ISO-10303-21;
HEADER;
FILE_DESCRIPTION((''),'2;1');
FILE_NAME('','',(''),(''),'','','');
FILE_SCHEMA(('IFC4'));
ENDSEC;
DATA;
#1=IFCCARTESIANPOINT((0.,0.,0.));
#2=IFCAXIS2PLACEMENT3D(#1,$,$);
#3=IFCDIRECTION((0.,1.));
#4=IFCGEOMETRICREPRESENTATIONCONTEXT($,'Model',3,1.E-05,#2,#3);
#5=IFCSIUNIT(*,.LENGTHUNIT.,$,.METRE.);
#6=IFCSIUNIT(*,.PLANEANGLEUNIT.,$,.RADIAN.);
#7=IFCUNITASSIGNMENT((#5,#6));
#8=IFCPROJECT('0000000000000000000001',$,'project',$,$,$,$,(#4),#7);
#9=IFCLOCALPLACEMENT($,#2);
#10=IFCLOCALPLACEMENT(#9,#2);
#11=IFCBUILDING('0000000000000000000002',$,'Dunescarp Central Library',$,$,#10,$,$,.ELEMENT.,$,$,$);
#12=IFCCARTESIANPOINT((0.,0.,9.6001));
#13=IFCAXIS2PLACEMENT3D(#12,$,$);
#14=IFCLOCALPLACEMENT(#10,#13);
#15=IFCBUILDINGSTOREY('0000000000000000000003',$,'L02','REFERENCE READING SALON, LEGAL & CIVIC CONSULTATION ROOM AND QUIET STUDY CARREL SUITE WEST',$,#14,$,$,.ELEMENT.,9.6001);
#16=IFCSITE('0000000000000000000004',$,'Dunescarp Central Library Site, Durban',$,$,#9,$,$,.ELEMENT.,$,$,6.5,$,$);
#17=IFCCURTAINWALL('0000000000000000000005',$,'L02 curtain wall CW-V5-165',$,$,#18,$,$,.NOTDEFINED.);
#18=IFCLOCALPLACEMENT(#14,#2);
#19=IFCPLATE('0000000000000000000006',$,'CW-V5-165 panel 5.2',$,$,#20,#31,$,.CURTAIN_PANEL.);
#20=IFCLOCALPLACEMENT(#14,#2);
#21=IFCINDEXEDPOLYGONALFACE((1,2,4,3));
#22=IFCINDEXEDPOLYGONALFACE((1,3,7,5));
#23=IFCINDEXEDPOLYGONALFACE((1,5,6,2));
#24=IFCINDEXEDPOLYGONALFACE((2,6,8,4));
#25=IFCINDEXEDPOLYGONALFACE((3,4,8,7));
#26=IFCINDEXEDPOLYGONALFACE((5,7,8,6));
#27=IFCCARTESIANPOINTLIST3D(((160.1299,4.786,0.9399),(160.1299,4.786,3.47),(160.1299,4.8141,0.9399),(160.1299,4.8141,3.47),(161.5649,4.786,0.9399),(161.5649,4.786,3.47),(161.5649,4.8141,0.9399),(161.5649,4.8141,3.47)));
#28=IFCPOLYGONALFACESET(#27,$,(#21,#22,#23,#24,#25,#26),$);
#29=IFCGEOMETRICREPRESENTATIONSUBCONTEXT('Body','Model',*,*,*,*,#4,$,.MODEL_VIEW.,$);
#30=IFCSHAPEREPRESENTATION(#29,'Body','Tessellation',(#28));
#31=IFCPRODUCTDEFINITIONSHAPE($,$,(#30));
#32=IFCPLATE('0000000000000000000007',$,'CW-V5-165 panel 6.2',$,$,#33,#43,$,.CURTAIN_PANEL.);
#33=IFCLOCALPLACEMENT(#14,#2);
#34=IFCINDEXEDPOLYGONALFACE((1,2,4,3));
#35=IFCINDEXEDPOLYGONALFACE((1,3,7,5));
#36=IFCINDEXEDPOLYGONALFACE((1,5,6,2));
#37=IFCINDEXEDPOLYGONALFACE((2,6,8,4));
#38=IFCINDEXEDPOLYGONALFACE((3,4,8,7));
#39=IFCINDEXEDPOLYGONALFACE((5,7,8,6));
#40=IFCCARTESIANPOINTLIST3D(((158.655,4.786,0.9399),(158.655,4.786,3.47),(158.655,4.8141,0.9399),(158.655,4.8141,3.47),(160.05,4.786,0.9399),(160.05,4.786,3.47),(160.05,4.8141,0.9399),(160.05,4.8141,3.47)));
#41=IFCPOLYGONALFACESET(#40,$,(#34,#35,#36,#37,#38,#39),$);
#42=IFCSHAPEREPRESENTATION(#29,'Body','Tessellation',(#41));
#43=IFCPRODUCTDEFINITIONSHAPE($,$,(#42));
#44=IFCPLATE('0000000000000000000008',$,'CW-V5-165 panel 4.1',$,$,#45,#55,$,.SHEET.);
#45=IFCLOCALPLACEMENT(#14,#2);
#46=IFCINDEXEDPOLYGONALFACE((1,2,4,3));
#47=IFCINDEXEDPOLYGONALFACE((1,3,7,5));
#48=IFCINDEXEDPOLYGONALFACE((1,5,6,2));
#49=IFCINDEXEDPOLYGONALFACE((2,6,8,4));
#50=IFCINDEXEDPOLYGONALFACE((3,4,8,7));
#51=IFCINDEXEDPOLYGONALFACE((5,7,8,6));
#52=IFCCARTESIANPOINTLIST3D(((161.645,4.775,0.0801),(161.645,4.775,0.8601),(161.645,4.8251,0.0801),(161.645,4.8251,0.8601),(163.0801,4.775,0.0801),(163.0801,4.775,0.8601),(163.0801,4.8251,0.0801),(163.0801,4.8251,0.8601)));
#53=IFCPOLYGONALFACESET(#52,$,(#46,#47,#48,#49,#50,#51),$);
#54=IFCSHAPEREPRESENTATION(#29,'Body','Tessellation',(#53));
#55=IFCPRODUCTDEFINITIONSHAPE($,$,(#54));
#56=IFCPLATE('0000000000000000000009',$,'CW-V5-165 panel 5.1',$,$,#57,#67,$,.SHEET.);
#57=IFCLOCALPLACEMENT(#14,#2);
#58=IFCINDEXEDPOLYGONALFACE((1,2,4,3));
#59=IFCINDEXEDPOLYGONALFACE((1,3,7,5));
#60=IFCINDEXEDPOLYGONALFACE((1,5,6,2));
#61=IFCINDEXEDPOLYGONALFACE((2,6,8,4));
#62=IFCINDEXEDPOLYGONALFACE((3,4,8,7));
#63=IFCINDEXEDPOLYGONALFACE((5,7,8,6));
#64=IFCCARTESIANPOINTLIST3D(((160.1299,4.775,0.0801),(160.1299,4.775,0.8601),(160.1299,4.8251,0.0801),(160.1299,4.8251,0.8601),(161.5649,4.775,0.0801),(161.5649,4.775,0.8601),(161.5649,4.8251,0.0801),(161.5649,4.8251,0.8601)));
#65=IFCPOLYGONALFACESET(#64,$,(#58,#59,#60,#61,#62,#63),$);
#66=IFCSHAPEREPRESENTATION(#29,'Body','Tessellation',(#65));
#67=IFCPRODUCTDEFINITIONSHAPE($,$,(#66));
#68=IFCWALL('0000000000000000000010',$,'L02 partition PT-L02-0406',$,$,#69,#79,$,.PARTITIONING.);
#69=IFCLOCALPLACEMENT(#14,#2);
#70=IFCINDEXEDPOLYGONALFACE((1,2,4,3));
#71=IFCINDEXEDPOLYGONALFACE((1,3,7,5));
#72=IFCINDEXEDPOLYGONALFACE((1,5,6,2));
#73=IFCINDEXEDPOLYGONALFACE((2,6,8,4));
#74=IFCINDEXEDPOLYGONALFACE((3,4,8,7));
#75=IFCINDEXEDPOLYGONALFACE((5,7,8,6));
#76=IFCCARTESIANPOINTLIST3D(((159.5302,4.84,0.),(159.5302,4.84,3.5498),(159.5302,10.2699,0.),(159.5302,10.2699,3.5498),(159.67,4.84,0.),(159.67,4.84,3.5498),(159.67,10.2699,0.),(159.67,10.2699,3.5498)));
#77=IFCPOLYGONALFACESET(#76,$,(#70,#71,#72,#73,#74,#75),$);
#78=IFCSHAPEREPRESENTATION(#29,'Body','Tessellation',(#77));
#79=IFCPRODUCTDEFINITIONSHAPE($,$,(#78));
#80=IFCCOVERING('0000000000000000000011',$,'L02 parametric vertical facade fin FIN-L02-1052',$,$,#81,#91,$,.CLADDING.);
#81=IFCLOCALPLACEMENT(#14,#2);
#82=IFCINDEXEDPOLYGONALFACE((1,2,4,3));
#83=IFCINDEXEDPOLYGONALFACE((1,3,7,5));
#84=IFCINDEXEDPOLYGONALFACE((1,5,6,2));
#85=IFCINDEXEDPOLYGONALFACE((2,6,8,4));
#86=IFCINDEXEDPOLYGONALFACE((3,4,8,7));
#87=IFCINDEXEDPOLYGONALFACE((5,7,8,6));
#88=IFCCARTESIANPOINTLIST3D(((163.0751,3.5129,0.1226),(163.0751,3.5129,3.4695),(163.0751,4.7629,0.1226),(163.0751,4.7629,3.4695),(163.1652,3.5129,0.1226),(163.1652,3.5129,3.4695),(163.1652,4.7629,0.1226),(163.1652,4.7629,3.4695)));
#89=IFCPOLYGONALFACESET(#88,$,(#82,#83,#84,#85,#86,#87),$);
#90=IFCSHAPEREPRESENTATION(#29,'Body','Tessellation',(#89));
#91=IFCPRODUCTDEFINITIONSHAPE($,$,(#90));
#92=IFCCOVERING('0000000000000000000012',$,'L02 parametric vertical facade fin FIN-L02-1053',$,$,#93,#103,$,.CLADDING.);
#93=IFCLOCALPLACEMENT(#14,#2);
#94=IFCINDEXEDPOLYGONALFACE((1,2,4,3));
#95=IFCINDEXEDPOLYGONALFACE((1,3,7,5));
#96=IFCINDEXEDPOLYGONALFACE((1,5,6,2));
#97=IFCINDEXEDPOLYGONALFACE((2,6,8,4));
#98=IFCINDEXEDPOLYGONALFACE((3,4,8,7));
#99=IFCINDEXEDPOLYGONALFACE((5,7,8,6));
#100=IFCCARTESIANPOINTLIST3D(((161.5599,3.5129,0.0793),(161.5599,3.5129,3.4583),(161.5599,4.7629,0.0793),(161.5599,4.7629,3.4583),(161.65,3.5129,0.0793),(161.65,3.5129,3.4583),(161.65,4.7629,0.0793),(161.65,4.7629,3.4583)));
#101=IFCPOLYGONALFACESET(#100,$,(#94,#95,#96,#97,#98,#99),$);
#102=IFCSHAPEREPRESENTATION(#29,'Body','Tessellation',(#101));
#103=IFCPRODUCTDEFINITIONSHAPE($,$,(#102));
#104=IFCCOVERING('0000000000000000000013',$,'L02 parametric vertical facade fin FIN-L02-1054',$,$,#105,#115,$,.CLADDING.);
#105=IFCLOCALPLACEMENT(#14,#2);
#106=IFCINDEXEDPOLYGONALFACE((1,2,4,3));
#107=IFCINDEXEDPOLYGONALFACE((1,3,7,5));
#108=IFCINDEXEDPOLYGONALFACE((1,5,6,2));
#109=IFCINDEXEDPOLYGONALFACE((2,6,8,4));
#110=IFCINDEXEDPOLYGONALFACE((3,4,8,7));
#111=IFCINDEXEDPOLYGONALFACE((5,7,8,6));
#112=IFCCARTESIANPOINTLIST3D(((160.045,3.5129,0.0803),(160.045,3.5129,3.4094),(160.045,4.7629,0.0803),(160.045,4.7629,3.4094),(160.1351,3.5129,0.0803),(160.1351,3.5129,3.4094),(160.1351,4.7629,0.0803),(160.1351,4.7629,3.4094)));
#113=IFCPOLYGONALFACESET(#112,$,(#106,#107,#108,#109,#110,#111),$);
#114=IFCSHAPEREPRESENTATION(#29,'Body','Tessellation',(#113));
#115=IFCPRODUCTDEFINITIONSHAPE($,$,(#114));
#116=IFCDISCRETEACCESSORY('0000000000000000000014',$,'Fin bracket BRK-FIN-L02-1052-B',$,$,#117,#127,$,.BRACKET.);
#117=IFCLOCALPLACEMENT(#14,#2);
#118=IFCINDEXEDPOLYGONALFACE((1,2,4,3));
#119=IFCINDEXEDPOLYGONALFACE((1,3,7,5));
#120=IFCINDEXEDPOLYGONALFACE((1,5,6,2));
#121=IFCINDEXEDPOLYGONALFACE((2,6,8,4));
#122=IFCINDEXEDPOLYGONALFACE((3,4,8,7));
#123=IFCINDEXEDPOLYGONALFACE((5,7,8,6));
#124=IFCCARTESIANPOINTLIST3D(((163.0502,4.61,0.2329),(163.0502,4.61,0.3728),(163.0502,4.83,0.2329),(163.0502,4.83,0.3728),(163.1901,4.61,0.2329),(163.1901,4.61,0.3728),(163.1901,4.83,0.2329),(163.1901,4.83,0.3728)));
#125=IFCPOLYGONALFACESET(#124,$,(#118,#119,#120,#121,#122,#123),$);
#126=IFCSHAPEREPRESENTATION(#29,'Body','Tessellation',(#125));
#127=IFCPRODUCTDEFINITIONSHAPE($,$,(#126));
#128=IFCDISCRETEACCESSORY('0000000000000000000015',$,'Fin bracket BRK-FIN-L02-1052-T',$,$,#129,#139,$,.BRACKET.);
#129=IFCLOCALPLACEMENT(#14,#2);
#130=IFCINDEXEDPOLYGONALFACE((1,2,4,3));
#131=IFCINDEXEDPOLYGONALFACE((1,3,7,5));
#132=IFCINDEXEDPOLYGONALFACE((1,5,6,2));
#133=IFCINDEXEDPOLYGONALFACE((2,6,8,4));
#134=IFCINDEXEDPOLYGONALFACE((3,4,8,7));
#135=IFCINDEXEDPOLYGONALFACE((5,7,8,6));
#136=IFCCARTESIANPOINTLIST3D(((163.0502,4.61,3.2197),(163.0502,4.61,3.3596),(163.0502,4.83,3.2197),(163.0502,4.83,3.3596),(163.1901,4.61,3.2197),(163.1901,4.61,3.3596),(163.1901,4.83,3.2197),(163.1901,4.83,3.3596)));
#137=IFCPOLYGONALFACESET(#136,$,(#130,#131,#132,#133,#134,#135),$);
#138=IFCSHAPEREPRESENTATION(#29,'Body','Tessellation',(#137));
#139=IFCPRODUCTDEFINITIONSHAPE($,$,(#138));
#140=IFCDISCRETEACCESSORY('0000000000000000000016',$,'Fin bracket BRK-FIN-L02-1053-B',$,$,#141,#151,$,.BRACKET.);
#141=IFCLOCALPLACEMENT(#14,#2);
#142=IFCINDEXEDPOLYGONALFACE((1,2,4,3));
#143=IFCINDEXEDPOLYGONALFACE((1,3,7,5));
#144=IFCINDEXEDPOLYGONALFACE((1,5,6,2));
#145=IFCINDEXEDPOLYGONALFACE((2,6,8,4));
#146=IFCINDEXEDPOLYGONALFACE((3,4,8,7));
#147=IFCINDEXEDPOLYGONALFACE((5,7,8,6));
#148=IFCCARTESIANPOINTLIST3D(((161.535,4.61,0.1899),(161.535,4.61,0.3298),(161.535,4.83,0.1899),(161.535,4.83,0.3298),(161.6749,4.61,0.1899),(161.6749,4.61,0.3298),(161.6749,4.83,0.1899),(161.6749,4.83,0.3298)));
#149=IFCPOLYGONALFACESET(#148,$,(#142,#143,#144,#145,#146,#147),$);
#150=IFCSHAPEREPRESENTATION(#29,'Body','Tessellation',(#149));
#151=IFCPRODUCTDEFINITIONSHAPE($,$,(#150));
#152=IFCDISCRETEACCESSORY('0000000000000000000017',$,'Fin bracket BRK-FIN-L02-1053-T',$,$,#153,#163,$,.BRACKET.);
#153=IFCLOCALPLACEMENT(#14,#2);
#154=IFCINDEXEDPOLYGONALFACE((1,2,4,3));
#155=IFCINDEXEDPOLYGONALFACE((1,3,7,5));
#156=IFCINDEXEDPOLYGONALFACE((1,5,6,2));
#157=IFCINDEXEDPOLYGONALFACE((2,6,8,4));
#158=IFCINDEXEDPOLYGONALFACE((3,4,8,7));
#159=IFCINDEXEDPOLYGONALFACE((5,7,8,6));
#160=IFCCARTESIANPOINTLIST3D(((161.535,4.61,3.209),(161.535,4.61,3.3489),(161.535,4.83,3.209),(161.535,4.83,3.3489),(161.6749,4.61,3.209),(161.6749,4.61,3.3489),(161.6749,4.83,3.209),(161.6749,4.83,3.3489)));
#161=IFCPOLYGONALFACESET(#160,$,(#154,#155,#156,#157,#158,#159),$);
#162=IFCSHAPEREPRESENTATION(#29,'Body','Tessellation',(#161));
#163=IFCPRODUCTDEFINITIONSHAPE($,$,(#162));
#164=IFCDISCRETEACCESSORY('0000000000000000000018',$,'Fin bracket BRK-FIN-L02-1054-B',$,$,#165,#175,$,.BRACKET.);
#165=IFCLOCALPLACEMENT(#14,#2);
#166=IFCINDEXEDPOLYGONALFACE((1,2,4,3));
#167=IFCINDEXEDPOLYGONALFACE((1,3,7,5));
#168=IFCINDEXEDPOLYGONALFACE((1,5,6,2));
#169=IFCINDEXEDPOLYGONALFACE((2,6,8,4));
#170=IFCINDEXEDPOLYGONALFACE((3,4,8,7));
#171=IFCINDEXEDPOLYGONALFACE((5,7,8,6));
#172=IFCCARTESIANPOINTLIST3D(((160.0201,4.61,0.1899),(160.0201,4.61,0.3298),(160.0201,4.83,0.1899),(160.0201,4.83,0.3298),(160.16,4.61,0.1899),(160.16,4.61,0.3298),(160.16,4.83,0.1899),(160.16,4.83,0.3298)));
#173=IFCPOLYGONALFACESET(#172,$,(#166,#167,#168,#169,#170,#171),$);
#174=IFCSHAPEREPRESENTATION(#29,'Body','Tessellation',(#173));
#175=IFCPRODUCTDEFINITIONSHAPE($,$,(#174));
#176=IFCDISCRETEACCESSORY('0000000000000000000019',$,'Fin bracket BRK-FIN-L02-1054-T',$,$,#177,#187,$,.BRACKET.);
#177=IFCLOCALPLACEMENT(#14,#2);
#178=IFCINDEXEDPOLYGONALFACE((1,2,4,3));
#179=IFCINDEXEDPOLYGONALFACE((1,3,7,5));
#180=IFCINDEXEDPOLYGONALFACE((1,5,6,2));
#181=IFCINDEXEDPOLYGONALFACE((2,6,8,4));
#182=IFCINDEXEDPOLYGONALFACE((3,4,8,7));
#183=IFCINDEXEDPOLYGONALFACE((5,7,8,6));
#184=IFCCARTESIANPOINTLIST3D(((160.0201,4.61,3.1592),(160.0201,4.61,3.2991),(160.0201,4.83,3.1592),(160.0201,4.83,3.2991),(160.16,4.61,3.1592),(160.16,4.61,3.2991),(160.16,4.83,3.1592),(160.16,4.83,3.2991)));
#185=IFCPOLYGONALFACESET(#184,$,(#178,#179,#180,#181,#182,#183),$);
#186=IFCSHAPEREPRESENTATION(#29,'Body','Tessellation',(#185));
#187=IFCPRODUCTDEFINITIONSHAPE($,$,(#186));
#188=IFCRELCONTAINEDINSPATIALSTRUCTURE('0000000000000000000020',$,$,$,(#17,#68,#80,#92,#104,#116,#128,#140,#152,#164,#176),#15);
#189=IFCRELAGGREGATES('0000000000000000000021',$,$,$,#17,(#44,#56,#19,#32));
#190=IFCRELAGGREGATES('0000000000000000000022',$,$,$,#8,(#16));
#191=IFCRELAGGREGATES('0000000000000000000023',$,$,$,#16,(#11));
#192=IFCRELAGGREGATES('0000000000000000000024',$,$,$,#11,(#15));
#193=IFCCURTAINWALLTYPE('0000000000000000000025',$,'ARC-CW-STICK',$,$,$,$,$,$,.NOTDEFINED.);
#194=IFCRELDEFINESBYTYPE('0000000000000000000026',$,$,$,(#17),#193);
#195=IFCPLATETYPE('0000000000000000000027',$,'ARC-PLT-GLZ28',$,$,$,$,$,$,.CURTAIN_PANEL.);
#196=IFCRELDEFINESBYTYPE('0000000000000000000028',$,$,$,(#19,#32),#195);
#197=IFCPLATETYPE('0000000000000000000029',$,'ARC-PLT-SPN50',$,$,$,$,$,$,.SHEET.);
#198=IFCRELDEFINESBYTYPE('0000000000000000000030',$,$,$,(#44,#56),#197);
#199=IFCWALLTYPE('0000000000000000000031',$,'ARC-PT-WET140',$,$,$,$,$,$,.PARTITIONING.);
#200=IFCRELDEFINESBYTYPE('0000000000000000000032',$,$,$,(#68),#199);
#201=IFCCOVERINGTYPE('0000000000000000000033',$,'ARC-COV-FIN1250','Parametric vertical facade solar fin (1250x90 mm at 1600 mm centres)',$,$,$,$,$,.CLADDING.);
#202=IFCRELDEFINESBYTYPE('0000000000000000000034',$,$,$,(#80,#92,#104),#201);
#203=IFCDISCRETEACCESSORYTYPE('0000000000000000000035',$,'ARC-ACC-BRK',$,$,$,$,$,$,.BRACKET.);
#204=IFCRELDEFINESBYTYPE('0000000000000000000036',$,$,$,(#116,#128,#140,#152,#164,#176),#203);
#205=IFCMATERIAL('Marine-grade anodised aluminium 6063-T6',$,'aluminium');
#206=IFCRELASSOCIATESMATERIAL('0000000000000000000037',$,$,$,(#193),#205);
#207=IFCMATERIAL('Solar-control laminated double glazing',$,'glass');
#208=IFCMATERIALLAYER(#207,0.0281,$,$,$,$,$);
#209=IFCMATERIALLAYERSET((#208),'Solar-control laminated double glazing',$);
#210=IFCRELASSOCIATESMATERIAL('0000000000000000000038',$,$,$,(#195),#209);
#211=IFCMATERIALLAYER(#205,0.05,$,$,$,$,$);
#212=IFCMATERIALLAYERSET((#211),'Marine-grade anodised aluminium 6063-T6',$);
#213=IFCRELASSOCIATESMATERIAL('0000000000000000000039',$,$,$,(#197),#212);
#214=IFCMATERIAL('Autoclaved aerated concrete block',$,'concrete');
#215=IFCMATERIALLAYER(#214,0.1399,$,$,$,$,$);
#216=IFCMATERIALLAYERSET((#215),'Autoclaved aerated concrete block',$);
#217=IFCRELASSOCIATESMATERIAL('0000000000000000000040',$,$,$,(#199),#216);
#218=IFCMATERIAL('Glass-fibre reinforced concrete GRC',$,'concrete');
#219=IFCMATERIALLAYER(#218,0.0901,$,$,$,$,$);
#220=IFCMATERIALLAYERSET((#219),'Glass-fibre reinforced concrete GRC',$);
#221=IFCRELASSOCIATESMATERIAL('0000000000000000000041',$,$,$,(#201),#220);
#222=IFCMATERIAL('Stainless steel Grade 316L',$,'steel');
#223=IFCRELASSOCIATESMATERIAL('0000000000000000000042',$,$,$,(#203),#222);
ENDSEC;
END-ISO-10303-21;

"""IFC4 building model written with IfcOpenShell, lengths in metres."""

from ifc_helpers import new_model, si_unit, direction, frame, frame_2d, origin, origin_2d, place, context, subcontext, project, spatial, rectangle, extrude, material, layer, layer_set, type_object, element, aggregate, save


model = new_model("IFC4")

# Units and contexts
model_context = context("Model", 3, precision=1e-05, world=origin(), true_north=direction((0.0, 1.0)))
body_context = subcontext(model_context, "Body", "Model", "MODEL_VIEW")
ifc_project = project(units=[si_unit("LENGTHUNIT", "METRE"), si_unit("PLANEANGLEUNIT", "RADIAN")], contexts=[model_context])

# Site, building, storey
site_placement = place(None, origin())
site = spatial("IfcSite", under=ifc_project, at=site_placement, Name="Dunescarp Central Library Site, Durban", CompositionType="ELEMENT", RefElevation=6.5)
building_placement = place(site_placement, origin())
building = spatial("IfcBuilding", under=site, at=building_placement, Name="Dunescarp Central Library", CompositionType="ELEMENT")
storey_placement = place(building_placement, frame((0.0, 0.0, 9.6001)))
storey = spatial("IfcBuildingStorey", under=building, at=storey_placement, Name="L02", Description="REFERENCE READING SALON, LEGAL & CIVIC CONSULTATION ROOM AND QUIET STUDY CARREL SUITE WEST", CompositionType="ELEMENT", Elevation=9.6001)

# Curtain wall
ifc_material_1 = material(Name="Marine-grade anodised aluminium 6063-T6", Category="aluminium")
curtain_wall_type = type_object("IfcCurtainWallType", Name="ARC-CW-STICK", PredefinedType="NOTDEFINED", material=ifc_material_1)
curtain_wall_placement = place(storey_placement, origin())
curtain_wall = element("IfcCurtainWall", 1, at=curtain_wall_placement, inside=storey, type_object=curtain_wall_type, Name="L02 curtain wall CW-V5-165", PredefinedType="NOTDEFINED")

# Plates
ifc_material_2 = material(Name="Solar-control laminated double glazing", Category="glass")
ifc_layer_1 = layer(ifc_material_2, 0.0281)
ifc_layer_set_1 = layer_set([ifc_layer_1], Name="Solar-control laminated double glazing")
plate_type_1 = type_object("IfcPlateType", Name="ARC-PLT-GLZ28", PredefinedType="CURTAIN_PANEL", material=ifc_layer_set_1)
plate_1_placement = place(storey_placement, frame((160.8474, 4.8, 0.9399), z_axis=(0.0, 0.0, 1.0), x_axis=(-1.0, 0.0, 0.0)))
plate_1 = element("IfcPlate", 2, at=plate_1_placement, type_object=plate_type_1, Name="CW-V5-165 panel 5.2", PredefinedType="CURTAIN_PANEL", context=body_context, shape_type="SweptSolid", body=[
    extrude(rectangle(XDim=1.4351, YDim=0.0281, at=origin_2d()), origin(), (0.0, 0.0, 1.0), 2.53),
])
plate_2_placement = place(storey_placement, frame((159.3525, 4.8, 0.9399), z_axis=(0.0, 0.0, 1.0), x_axis=(-1.0, 0.0, 0.0)))
plate_2 = element("IfcPlate", 3, at=plate_2_placement, type_object=plate_type_1, Name="CW-V5-165 panel 6.2", PredefinedType="CURTAIN_PANEL", context=body_context, shape_type="SweptSolid", body=[
    extrude(rectangle(XDim=1.395, YDim=0.0281, at=origin_2d()), origin(), (0.0, 0.0, 1.0), 2.53),
])
ifc_layer_2 = layer(ifc_material_1, 0.05)
ifc_layer_set_2 = layer_set([ifc_layer_2], Name="Marine-grade anodised aluminium 6063-T6")
plate_type_2 = type_object("IfcPlateType", Name="ARC-PLT-SPN50", PredefinedType="SHEET", material=ifc_layer_set_2)
plate_3_placement = place(storey_placement, frame((162.3625, 4.8, 0.0801), z_axis=(0.0, 0.0, 1.0), x_axis=(-1.0, 0.0, 0.0)))
plate_3 = element("IfcPlate", 4, at=plate_3_placement, type_object=plate_type_2, Name="CW-V5-165 panel 4.1", PredefinedType="SHEET", context=body_context, shape_type="SweptSolid", body=[
    extrude(rectangle(XDim=1.4351, YDim=0.05, at=origin_2d()), origin(), (0.0, 0.0, 1.0), 0.78),
])
plate_4_placement = place(storey_placement, frame((160.8474, 4.8, 0.0801), z_axis=(0.0, 0.0, 1.0), x_axis=(-1.0, 0.0, 0.0)))
plate_4 = element("IfcPlate", 5, at=plate_4_placement, type_object=plate_type_2, Name="CW-V5-165 panel 5.1", PredefinedType="SHEET", context=body_context, shape_type="SweptSolid", body=[
    extrude(rectangle(XDim=1.4351, YDim=0.05, at=origin_2d()), origin(), (0.0, 0.0, 1.0), 0.78),
])
aggregate(curtain_wall, [plate_3, plate_4, plate_1, plate_2])

# Wall
ifc_material_3 = material(Name="Autoclaved aerated concrete block", Category="concrete")
ifc_layer_3 = layer(ifc_material_3, 0.1399)
ifc_layer_set_3 = layer_set([ifc_layer_3], Name="Autoclaved aerated concrete block")
wall_type = type_object("IfcWallType", Name="ARC-PT-WET140", PredefinedType="PARTITIONING", material=ifc_layer_set_3)
wall_placement = place(storey_placement, frame((159.6001, 4.8401, 0.0), z_axis=(0.0, 0.0, 1.0), x_axis=(0.0, 1.0, 0.0)))
element("IfcWall", 6, at=wall_placement, inside=storey, type_object=wall_type, Name="L02 partition PT-L02-0406", PredefinedType="PARTITIONING", context=body_context, shape_type="SweptSolid", body=[
    extrude(rectangle(XDim=5.4299, YDim=0.1399, at=frame_2d((2.7148, 0.0))), origin(), (0.0, 0.0, 1.0), 3.5498),
])

# Coverings
ifc_material_4 = material(Name="Glass-fibre reinforced concrete GRC", Category="concrete")
ifc_layer_4 = layer(ifc_material_4, 0.0901)
ifc_layer_set_4 = layer_set([ifc_layer_4], Name="Glass-fibre reinforced concrete GRC")
covering_type = type_object("IfcCoveringType", Name="ARC-COV-FIN1250", Description="Parametric vertical facade solar fin (1250x90 mm at 1600 mm centres)", PredefinedType="CLADDING", material=ifc_layer_set_4)
covering_1_placement = place(storey_placement, frame((163.1201, 4.1379, 0.1226), z_axis=(0.0, 0.0, 1.0), x_axis=(0.0, -1.0, 0.0)))
element("IfcCovering", 7, at=covering_1_placement, inside=storey, type_object=covering_type, Name="L02 parametric vertical facade fin FIN-L02-1052", PredefinedType="CLADDING", context=body_context, shape_type="SweptSolid", body=[
    extrude(rectangle(XDim=1.25, YDim=0.0901, at=origin_2d()), origin(), (0.0, 0.0, 1.0), 3.3469),
])
covering_2_placement = place(storey_placement, frame((161.605, 4.1379, 0.0793), z_axis=(0.0, 0.0, 1.0), x_axis=(0.0, -1.0, 0.0)))
element("IfcCovering", 8, at=covering_2_placement, inside=storey, type_object=covering_type, Name="L02 parametric vertical facade fin FIN-L02-1053", PredefinedType="CLADDING", context=body_context, shape_type="SweptSolid", body=[
    extrude(rectangle(XDim=1.25, YDim=0.0901, at=origin_2d()), origin(), (0.0, 0.0, 1.0), 3.3789),
])
covering_3_placement = place(storey_placement, frame((160.0901, 4.1379, 0.0803), z_axis=(0.0, 0.0, 1.0), x_axis=(0.0, -1.0, 0.0)))
element("IfcCovering", 9, at=covering_3_placement, inside=storey, type_object=covering_type, Name="L02 parametric vertical facade fin FIN-L02-1054", PredefinedType="CLADDING", context=body_context, shape_type="SweptSolid", body=[
    extrude(rectangle(XDim=1.25, YDim=0.0901, at=origin_2d()), origin(), (0.0, 0.0, 1.0), 3.3291),
])

# Discrete accessories
ifc_material_5 = material(Name="Stainless steel Grade 316L", Category="steel")
discrete_accessory_type = type_object("IfcDiscreteAccessoryType", Name="ARC-ACC-BRK", PredefinedType="BRACKET", material=ifc_material_5)
for number, where, z_axis, x_axis, name in (
    (10, (163.1201, 4.72, 0.2329), (0.0, 0.0, 1.0), (0.0, -1.0, 0.0), "Fin bracket BRK-FIN-L02-1052-B"),
    (11, (163.1201, 4.72, 3.2197), (0.0, 0.0, 1.0), (0.0, -1.0, 0.0), "Fin bracket BRK-FIN-L02-1052-T"),
    (12, (161.605, 4.72, 0.1899), (0.0, 0.0, 1.0), (0.0, -1.0, 0.0), "Fin bracket BRK-FIN-L02-1053-B"),
    (13, (161.605, 4.72, 3.209), (0.0, 0.0, 1.0), (0.0, -1.0, 0.0), "Fin bracket BRK-FIN-L02-1053-T"),
    (14, (160.0901, 4.72, 0.1899), (0.0, 0.0, 1.0), (0.0, -1.0, 0.0), "Fin bracket BRK-FIN-L02-1054-B"),
    (15, (160.0901, 4.72, 3.1592), (0.0, 0.0, 1.0), (0.0, -1.0, 0.0), "Fin bracket BRK-FIN-L02-1054-T"),
):
    element("IfcDiscreteAccessory", number, at=place(storey_placement, frame(where, z_axis=z_axis, x_axis=x_axis)), inside=storey, type_object=discrete_accessory_type, Name=name, PredefinedType="BRACKET", context=body_context, shape_type="SweptSolid", body=[
        extrude(rectangle(XDim=0.22, YDim=0.1399, at=origin_2d()), origin(), (0.0, 0.0, 1.0), 0.1399),
    ])

save(model, "model.ifc")
